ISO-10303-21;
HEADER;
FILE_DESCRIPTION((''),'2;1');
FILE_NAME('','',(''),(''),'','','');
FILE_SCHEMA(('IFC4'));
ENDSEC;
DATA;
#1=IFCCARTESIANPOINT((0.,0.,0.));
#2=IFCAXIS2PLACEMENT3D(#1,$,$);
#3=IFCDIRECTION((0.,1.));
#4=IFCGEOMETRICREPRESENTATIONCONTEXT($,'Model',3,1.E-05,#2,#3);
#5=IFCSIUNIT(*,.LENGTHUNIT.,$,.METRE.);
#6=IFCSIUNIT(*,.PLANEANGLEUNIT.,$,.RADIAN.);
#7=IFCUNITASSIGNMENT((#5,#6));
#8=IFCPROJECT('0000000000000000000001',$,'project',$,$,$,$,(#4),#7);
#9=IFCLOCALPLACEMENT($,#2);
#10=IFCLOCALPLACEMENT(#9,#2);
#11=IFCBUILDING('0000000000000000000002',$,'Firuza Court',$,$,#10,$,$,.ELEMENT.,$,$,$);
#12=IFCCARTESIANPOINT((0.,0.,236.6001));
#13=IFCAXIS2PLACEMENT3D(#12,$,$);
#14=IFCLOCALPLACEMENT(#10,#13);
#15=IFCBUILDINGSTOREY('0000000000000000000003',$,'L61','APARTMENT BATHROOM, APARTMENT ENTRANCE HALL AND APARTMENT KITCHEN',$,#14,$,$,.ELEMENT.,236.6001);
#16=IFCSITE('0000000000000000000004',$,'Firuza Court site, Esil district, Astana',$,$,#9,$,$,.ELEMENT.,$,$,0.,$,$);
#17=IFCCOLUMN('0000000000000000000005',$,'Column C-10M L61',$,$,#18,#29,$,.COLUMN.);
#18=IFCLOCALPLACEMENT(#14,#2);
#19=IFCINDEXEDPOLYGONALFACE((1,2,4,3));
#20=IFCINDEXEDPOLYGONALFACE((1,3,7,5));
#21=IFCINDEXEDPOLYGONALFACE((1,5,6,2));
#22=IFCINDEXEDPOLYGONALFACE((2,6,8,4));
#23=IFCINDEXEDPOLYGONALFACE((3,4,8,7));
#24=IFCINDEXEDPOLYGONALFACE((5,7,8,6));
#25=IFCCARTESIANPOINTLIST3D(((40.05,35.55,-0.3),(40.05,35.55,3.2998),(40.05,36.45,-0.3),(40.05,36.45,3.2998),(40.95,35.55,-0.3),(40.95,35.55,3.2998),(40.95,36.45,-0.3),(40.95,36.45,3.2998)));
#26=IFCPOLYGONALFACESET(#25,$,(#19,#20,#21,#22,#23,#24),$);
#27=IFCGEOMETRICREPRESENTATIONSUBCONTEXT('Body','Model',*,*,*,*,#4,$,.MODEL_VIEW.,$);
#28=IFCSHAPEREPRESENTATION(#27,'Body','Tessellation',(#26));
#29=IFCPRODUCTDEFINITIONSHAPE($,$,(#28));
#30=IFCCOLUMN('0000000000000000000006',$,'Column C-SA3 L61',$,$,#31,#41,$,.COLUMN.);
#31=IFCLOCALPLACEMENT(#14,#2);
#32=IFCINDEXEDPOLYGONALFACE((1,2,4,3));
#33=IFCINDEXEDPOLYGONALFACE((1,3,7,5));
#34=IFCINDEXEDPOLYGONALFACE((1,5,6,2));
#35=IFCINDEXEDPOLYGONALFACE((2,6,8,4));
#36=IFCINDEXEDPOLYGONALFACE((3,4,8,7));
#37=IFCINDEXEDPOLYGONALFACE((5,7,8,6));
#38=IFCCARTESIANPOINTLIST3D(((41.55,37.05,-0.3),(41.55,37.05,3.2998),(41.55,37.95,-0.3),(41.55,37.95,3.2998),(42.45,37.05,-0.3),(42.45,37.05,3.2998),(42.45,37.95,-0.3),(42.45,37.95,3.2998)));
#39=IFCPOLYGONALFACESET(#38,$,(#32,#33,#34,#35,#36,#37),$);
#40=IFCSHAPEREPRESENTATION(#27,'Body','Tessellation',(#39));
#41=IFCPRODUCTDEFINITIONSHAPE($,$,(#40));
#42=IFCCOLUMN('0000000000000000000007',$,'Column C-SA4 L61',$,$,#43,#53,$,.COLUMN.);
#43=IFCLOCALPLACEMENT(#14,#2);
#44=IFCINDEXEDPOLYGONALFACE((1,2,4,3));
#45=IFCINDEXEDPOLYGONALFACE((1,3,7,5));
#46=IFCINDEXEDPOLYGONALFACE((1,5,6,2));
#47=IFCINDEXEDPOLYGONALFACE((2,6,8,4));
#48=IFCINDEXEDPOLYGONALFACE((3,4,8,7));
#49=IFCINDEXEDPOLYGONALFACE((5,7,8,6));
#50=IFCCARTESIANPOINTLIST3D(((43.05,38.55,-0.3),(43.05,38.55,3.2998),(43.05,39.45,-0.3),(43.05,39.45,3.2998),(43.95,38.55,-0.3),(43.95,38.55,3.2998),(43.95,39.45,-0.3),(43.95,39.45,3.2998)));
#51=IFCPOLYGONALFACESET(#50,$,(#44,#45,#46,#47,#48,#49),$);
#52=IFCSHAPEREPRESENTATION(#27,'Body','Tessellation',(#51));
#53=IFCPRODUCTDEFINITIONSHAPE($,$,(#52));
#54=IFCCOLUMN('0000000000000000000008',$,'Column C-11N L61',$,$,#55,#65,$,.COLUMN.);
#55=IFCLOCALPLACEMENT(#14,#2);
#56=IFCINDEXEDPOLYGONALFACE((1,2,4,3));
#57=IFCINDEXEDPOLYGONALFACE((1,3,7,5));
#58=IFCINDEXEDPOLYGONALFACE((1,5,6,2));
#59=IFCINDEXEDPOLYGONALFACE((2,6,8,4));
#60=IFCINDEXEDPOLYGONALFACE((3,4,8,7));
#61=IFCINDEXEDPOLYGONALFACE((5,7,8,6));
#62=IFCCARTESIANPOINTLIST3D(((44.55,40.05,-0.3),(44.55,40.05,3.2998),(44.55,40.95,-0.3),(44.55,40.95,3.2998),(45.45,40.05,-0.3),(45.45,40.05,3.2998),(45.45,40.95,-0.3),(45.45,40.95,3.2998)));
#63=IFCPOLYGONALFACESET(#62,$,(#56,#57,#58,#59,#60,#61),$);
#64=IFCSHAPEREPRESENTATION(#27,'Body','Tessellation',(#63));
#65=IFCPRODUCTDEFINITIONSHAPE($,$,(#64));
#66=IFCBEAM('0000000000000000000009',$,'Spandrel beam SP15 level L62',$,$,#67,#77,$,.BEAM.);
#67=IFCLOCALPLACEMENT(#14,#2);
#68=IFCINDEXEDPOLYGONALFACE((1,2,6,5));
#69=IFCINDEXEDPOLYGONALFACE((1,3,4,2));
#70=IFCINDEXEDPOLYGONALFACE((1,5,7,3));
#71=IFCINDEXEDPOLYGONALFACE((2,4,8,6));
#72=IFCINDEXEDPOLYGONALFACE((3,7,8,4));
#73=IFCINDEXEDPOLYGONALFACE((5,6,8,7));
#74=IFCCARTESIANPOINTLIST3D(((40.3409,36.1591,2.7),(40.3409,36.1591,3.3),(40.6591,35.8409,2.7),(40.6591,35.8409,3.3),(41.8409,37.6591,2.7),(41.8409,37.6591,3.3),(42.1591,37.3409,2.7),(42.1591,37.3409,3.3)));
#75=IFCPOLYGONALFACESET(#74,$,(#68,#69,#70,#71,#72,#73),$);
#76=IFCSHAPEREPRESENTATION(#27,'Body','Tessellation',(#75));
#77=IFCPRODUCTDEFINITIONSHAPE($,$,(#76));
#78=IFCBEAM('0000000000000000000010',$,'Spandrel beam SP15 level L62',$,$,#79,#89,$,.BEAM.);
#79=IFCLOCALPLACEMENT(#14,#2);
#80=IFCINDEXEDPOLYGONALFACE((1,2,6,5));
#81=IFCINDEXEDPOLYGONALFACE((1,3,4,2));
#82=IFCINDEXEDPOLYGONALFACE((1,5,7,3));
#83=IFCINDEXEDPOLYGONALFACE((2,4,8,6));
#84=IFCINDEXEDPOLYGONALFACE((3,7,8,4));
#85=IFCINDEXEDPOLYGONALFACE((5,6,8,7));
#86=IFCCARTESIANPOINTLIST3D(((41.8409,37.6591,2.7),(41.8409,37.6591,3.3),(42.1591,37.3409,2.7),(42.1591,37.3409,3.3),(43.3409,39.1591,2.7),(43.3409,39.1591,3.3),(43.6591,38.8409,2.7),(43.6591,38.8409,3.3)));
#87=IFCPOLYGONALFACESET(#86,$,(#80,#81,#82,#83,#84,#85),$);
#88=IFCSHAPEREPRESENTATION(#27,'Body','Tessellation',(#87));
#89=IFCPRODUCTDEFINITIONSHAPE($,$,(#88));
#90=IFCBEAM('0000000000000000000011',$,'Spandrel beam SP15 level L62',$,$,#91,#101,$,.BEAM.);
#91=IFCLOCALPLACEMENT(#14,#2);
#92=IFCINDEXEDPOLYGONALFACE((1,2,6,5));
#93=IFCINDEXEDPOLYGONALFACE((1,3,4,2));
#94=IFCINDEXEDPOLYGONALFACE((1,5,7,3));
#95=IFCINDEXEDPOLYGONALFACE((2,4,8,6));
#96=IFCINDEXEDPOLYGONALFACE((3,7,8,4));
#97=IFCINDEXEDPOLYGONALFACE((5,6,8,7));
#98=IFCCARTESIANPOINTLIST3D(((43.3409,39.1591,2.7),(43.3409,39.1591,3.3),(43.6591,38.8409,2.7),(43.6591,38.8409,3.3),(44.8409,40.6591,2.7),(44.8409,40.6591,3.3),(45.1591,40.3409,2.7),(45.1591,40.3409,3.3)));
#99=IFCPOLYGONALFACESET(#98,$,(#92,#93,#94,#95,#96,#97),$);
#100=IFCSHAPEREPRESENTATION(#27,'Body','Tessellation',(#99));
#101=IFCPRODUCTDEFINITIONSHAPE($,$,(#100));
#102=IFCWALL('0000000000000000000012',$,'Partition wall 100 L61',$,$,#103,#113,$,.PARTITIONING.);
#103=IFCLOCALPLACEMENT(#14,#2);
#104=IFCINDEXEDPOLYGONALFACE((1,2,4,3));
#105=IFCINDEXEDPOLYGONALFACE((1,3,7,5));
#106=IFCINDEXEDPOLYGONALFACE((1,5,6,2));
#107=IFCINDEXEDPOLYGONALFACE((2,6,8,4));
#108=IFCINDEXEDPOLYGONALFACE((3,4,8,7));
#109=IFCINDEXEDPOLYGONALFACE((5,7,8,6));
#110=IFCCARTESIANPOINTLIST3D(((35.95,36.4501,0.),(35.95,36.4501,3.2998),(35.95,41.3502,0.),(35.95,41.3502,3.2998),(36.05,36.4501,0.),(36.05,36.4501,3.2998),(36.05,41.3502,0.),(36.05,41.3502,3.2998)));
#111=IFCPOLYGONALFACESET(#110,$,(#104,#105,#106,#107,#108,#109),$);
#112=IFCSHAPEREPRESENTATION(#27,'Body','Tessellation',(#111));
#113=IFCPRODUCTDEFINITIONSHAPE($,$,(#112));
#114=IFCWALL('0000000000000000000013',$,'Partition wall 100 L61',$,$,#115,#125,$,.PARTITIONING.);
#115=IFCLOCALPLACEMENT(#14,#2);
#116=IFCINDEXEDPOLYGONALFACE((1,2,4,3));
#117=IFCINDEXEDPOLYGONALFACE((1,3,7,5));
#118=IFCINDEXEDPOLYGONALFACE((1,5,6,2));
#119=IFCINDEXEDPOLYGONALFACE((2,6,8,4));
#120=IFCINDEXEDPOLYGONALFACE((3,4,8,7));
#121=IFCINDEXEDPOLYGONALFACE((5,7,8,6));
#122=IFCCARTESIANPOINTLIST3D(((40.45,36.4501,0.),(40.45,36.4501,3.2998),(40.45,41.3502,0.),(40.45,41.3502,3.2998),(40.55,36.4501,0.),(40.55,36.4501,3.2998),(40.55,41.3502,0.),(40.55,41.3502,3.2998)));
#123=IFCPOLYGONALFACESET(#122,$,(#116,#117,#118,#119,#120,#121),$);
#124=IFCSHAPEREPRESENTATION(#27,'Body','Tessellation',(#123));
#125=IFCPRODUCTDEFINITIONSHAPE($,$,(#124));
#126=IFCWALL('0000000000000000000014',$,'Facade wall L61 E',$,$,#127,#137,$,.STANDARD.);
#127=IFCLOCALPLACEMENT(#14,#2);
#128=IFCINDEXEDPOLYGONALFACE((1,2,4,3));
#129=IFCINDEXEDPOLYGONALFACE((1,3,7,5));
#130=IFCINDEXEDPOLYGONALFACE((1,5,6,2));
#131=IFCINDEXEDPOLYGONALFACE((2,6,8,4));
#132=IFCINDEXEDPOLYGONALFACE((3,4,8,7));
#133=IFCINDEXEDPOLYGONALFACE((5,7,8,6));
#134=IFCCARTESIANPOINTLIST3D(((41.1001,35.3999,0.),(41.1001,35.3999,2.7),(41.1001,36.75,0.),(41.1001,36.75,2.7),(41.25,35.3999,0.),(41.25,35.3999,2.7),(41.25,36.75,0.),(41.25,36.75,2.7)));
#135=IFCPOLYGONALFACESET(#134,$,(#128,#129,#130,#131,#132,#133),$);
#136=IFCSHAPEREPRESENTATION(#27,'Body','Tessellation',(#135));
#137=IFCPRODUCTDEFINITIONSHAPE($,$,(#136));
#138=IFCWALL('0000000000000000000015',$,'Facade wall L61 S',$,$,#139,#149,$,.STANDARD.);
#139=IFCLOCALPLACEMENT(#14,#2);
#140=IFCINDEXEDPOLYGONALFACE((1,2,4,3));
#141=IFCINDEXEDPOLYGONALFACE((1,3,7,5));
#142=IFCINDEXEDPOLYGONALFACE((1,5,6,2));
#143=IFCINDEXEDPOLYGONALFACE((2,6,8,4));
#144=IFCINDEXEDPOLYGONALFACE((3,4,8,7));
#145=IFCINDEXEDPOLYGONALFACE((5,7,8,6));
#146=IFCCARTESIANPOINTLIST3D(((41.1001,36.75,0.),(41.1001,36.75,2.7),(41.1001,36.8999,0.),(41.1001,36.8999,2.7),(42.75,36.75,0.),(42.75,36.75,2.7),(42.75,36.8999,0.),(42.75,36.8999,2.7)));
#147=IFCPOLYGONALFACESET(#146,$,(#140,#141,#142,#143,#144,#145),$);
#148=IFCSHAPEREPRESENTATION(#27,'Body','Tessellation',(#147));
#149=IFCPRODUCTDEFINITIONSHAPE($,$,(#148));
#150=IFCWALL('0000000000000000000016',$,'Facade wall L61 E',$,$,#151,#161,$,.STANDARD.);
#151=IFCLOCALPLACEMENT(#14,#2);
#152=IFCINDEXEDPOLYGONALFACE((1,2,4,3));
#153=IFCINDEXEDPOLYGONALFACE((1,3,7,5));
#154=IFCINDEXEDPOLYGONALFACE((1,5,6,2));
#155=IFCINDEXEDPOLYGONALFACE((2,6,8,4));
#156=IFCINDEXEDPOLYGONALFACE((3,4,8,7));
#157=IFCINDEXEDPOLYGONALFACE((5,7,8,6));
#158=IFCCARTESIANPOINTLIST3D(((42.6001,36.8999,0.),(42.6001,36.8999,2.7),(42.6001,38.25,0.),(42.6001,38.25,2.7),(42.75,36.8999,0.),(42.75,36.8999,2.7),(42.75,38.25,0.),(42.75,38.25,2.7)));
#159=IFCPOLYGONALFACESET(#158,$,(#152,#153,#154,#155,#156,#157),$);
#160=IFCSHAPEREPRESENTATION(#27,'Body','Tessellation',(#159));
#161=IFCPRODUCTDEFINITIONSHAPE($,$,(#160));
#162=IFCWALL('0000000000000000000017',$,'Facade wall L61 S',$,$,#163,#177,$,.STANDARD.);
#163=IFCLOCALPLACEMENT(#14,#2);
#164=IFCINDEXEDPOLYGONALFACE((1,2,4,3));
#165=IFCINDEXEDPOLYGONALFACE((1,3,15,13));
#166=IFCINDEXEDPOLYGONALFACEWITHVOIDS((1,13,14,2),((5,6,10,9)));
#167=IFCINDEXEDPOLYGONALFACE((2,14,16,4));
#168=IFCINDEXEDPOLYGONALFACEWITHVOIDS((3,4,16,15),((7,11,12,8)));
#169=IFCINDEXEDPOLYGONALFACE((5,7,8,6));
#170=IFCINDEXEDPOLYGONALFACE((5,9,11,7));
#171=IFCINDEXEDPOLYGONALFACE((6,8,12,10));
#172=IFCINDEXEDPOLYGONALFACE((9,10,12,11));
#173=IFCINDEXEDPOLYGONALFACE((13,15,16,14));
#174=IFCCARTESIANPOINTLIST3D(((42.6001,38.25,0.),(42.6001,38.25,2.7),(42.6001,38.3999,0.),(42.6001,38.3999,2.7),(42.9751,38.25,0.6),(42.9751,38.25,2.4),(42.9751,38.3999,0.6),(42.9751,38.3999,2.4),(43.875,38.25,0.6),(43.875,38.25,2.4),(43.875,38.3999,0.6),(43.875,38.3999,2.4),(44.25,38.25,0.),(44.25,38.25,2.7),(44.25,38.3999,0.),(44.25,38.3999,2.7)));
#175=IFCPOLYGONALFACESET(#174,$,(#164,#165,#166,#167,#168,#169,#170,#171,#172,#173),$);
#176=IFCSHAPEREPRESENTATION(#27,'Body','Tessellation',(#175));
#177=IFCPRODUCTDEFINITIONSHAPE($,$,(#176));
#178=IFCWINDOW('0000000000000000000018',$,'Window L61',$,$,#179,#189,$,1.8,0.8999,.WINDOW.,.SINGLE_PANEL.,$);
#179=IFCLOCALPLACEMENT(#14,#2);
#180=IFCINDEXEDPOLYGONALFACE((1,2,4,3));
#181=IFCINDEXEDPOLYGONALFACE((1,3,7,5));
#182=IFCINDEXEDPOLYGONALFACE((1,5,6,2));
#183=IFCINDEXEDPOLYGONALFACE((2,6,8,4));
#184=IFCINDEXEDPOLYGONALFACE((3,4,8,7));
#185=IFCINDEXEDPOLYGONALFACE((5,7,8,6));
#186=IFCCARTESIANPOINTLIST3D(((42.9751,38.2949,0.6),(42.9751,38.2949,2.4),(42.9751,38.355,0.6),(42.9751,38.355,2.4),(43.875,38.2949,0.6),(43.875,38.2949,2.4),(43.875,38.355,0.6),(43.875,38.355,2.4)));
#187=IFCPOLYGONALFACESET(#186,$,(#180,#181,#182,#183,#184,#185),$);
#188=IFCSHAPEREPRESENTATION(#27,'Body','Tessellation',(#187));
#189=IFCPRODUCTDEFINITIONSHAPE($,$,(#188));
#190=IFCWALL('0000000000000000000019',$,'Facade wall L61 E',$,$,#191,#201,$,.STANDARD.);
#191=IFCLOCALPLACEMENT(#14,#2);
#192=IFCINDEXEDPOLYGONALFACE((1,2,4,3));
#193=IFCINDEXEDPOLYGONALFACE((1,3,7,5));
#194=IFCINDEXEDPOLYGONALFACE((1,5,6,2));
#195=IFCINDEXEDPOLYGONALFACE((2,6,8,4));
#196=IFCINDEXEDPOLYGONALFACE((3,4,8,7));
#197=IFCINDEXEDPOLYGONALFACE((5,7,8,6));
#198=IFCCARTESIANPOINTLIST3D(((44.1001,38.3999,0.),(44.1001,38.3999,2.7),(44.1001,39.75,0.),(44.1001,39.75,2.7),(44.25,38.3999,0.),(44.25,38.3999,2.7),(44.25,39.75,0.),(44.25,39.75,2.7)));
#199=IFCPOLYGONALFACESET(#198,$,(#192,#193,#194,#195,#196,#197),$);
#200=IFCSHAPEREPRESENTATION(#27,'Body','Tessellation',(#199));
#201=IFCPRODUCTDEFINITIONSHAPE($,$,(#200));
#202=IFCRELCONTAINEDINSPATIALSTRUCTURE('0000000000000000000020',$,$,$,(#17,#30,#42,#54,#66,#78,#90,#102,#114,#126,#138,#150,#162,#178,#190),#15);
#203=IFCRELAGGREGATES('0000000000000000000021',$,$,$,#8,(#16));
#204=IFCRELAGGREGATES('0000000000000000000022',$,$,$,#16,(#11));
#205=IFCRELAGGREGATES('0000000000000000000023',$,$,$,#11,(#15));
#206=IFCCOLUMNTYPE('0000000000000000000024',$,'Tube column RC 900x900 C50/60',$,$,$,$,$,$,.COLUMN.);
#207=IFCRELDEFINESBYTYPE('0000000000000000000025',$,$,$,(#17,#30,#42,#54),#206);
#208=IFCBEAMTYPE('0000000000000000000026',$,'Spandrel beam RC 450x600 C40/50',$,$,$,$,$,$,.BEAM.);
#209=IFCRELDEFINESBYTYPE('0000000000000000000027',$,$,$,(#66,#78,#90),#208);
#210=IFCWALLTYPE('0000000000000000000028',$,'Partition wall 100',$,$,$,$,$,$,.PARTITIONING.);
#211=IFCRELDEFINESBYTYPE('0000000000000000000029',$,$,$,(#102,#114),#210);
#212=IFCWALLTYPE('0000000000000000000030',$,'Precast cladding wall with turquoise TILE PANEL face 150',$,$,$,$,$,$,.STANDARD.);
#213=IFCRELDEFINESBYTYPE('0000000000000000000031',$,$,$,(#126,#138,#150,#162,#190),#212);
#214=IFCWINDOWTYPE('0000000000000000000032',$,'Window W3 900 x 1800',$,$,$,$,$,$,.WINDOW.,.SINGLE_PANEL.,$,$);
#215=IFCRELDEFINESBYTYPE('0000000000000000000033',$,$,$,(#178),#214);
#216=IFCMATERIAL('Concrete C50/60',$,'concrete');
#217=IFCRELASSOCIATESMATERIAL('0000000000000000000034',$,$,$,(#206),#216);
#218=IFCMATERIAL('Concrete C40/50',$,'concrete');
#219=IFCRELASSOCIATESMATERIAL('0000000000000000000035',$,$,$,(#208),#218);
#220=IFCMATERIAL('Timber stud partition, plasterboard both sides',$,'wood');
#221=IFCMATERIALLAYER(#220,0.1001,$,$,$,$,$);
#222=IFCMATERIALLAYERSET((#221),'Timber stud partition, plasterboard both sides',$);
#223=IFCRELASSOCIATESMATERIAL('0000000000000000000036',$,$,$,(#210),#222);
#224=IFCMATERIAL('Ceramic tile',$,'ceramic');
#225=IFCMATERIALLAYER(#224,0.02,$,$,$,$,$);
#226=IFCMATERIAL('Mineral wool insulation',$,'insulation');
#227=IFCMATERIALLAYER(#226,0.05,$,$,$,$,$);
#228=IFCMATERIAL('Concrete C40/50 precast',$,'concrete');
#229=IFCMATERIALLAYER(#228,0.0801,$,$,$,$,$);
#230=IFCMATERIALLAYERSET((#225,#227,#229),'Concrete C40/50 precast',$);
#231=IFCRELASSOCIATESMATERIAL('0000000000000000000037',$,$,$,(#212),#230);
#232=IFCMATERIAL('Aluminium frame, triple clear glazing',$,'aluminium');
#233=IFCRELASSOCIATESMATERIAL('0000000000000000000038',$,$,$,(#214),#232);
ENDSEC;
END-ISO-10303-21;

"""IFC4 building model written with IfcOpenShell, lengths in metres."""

from ifc_helpers import new_model, si_unit, direction, frame, frame_2d, origin, origin_2d, place, context, subcontext, project, spatial, rectangle, extrude, material, layer, layer_set, material_profile, profile_set, type_object, element, fill, save


model = new_model("IFC4")

# Units and contexts
model_context = context("Model", 3, precision=1e-05, world=origin(), true_north=direction((0.0, 1.0)))
body_context = subcontext(model_context, "Body", "Model", "MODEL_VIEW")
ifc_project = project(units=[si_unit("LENGTHUNIT", "METRE"), si_unit("PLANEANGLEUNIT", "RADIAN")], contexts=[model_context])

# Site, building, storey
site_placement = place(None, origin())
site = spatial("IfcSite", under=ifc_project, at=site_placement, Name="Firuza Court site, Esil district, Astana", CompositionType="ELEMENT", RefElevation=0.0)
building_placement = place(site_placement, origin())
building = spatial("IfcBuilding", under=site, at=building_placement, Name="Firuza Court", CompositionType="ELEMENT")
storey_placement = place(building_placement, frame((0.0, 0.0, 236.6001)))
storey = spatial("IfcBuildingStorey", under=building, at=storey_placement, Name="L61", Description="APARTMENT BATHROOM, APARTMENT ENTRANCE HALL AND APARTMENT KITCHEN", CompositionType="ELEMENT", Elevation=236.6001)

# Columns
ifc_material_1 = material(Name="Concrete C50/60", Category="concrete")
ifc_material_profile_1 = material_profile(ifc_material_1, rectangle(XDim=0.8999, YDim=0.8999, at=origin_2d()), Name="RC 900x900")
ifc_profile_set_1 = profile_set([ifc_material_profile_1], Name="Concrete C50/60")
column_type = type_object("IfcColumnType", Name="Tube column RC 900x900 C50/60", PredefinedType="COLUMN", material=ifc_profile_set_1)
for number, where, z_axis, x_axis, name in (
    (1, (40.5, 36.0, -0.3), (0.0, 0.0, 1.0), (1.0, 0.0, 0.0), "Column C-10M L61"),
    (2, (42.0, 37.5, -0.3), (0.0, 0.0, 1.0), (1.0, 0.0, 0.0), "Column C-SA3 L61"),
    (3, (43.5, 39.0, -0.3), (0.0, 0.0, 1.0), (1.0, 0.0, 0.0), "Column C-SA4 L61"),
    (4, (45.0, 40.5, -0.3), (0.0, 0.0, 1.0), (1.0, 0.0, 0.0), "Column C-11N L61"),
):
    element("IfcColumn", number, at=place(storey_placement, frame(where, z_axis=z_axis, x_axis=x_axis)), inside=storey, type_object=column_type, Name=name, PredefinedType="COLUMN", context=body_context, shape_type="SweptSolid", body=[
        extrude(rectangle(XDim=0.8999, YDim=0.8999, at=origin_2d()), origin(), (0.0, 0.0, 1.0), 3.5999),
    ])

# Beams
ifc_material_2 = material(Name="Concrete C40/50", Category="concrete")
ifc_material_profile_2 = material_profile(ifc_material_2, rectangle(XDim=0.45, YDim=0.6001, at=origin_2d()), Name="RC 450x600")
ifc_profile_set_2 = profile_set([ifc_material_profile_2], Name="Concrete C40/50")
beam_type = type_object("IfcBeamType", Name="Spandrel beam RC 450x600 C40/50", PredefinedType="BEAM", material=ifc_profile_set_2)
for number, where, z_axis, x_axis, name in (
    (5, (40.5, 36.0, 3.0), (0.707107, 0.707107, 0.0), (-0.707107, 0.707107, 0.0), "Spandrel beam SP15 level L62"),
    (6, (42.0, 37.5, 3.0), (0.707107, 0.707107, 0.0), (-0.707107, 0.707107, 0.0), "Spandrel beam SP15 level L62"),
    (7, (43.5, 39.0, 3.0), (0.707107, 0.707107, 0.0), (-0.707107, 0.707107, 0.0), "Spandrel beam SP15 level L62"),
):
    element("IfcBeam", number, at=place(storey_placement, frame(where, z_axis=z_axis, x_axis=x_axis)), inside=storey, type_object=beam_type, Name=name, PredefinedType="BEAM", context=body_context, shape_type="SweptSolid", body=[
        extrude(rectangle(XDim=0.45, YDim=0.6001, at=origin_2d()), origin(), (0.0, 0.0, 1.0), 2.1213),
    ])

# Walls
ifc_material_3 = material(Name="Timber stud partition, plasterboard both sides", Category="wood")
ifc_layer_1 = layer(ifc_material_3, 0.1001)
ifc_layer_set_1 = layer_set([ifc_layer_1], Name="Timber stud partition, plasterboard both sides")
wall_type_1 = type_object("IfcWallType", Name="Partition wall 100", PredefinedType="PARTITIONING", material=ifc_layer_set_1)
for number, where, z_axis, x_axis, name in (
    (8, (36.0, 36.45, 0.0), (0.0, 0.0, 1.0), (0.0, 1.0, 0.0), "Partition wall 100 L61"),
    (9, (40.5, 36.45, 0.0), (0.0, 0.0, 1.0), (0.0, 1.0, 0.0), "Partition wall 100 L61"),
):
    element("IfcWall", number, at=place(storey_placement, frame(where, z_axis=z_axis, x_axis=x_axis)), inside=storey, type_object=wall_type_1, Name=name, PredefinedType="PARTITIONING", context=body_context, shape_type="SweptSolid", body=[
        extrude(rectangle(XDim=4.9001, YDim=0.1001, at=frame_2d((2.4502, 0.0))), origin(), (0.0, 0.0, 1.0), 3.2998),
    ])
ifc_material_4 = material(Name="Ceramic tile", Category="ceramic")
ifc_layer_2 = layer(ifc_material_4, 0.02)
ifc_material_5 = material(Name="Mineral wool insulation", Category="insulation")
ifc_layer_3 = layer(ifc_material_5, 0.05)
ifc_material_6 = material(Name="Concrete C40/50 precast", Category="concrete")
ifc_layer_4 = layer(ifc_material_6, 0.0801)
ifc_layer_set_2 = layer_set([ifc_layer_2, ifc_layer_3, ifc_layer_4], Name="Concrete C40/50 precast")
wall_type_2 = type_object("IfcWallType", Name="Precast cladding wall with turquoise TILE PANEL face 150", PredefinedType="STANDARD", material=ifc_layer_set_2)
wall_1_placement = place(storey_placement, frame((41.175, 35.3999, 0.0), z_axis=(0.0, 0.0, 1.0), x_axis=(0.0, 1.0, 0.0)))
element("IfcWall", 10, at=wall_1_placement, inside=storey, type_object=wall_type_2, Name="Facade wall L61 E", PredefinedType="STANDARD", context=body_context, shape_type="SweptSolid", body=[
    extrude(rectangle(XDim=1.3501, YDim=0.1499, at=frame_2d((0.675, 0.0))), origin(), (0.0, 0.0, 1.0), 2.7),
])
wall_2_placement = place(storey_placement, frame((41.1001, 36.825, 0.0), z_axis=(0.0, 0.0, 1.0), x_axis=(1.0, 0.0, 0.0)))
element("IfcWall", 11, at=wall_2_placement, inside=storey, type_object=wall_type_2, Name="Facade wall L61 S", PredefinedType="STANDARD", context=body_context, shape_type="SweptSolid", body=[
    extrude(rectangle(XDim=1.6499, YDim=0.1499, at=frame_2d((0.825, 0.0))), origin(), (0.0, 0.0, 1.0), 2.7),
])
wall_3_placement = place(storey_placement, frame((42.675, 36.8999, 0.0), z_axis=(0.0, 0.0, 1.0), x_axis=(0.0, 1.0, 0.0)))
element("IfcWall", 12, at=wall_3_placement, inside=storey, type_object=wall_type_2, Name="Facade wall L61 E", PredefinedType="STANDARD", context=body_context, shape_type="SweptSolid", body=[
    extrude(rectangle(XDim=1.3501, YDim=0.1499, at=frame_2d((0.675, 0.0))), origin(), (0.0, 0.0, 1.0), 2.7),
])

# Wall, opening, window
wall_4_placement = place(storey_placement, frame((42.6001, 38.325, 0.0), z_axis=(0.0, 0.0, 1.0), x_axis=(1.0, 0.0, 0.0)))
wall_4 = element("IfcWall", 13, at=wall_4_placement, inside=storey, type_object=wall_type_2, Name="Facade wall L61 S", PredefinedType="STANDARD", context=body_context, shape_type="SweptSolid", body=[
    extrude(rectangle(XDim=1.6499, YDim=0.1499, at=frame_2d((0.825, 0.0))), origin(), (0.0, 0.0, 1.0), 2.7),
])
opening_1_placement = place(wall_4_placement, frame((0.375, 0.0, 0.6001)))
opening_1 = element("IfcOpeningElement", 14, at=opening_1_placement, cuts=wall_4, PredefinedType="OPENING", context=body_context, shape_type="SweptSolid", body=[
    extrude(rectangle(XDim=0.8999, YDim=1.8, at=frame_2d((0.45, 0.8999))), frame((0.0, 0.0869, 0.0), z_axis=(0.0, -1.0, 0.0), x_axis=(1.0, 0.0, 0.0)), (0.0, 0.0, 1.0), 0.1738),
])
ifc_material_7 = material(Name="Aluminium frame, triple clear glazing", Category="aluminium")
window_type_1 = type_object("IfcWindowType", Name="Window W3 900 x 1800", PartitioningType="SINGLE_PANEL", PredefinedType="WINDOW", material=ifc_material_7)
window_1_placement = place(opening_1_placement, origin())
window_1 = element("IfcWindow", 15, at=window_1_placement, inside=storey, type_object=window_type_1, Name="Window L61", OverallHeight=1.8, OverallWidth=0.8999, PartitioningType="SINGLE_PANEL", PredefinedType="WINDOW", context=body_context, shape_type="SweptSolid", body=[
    extrude(rectangle(XDim=0.8999, YDim=1.8, at=frame_2d((0.45, 0.8999))), frame((0.0, 0.03, 0.0), z_axis=(0.0, -1.0, 0.0), x_axis=(1.0, 0.0, 0.0)), (0.0, 0.0, 1.0), 0.0601),
])
fill(opening_1, window_1)

# Wall
wall_5_placement = place(storey_placement, frame((44.175, 38.3999, 0.0), z_axis=(0.0, 0.0, 1.0), x_axis=(0.0, 1.0, 0.0)))
element("IfcWall", 16, at=wall_5_placement, inside=storey, type_object=wall_type_2, Name="Facade wall L61 E", PredefinedType="STANDARD", context=body_context, shape_type="SweptSolid", body=[
    extrude(rectangle(XDim=1.3501, YDim=0.1499, at=frame_2d((0.675, 0.0))), origin(), (0.0, 0.0, 1.0), 2.7),
])

save(model, "model.ifc")
